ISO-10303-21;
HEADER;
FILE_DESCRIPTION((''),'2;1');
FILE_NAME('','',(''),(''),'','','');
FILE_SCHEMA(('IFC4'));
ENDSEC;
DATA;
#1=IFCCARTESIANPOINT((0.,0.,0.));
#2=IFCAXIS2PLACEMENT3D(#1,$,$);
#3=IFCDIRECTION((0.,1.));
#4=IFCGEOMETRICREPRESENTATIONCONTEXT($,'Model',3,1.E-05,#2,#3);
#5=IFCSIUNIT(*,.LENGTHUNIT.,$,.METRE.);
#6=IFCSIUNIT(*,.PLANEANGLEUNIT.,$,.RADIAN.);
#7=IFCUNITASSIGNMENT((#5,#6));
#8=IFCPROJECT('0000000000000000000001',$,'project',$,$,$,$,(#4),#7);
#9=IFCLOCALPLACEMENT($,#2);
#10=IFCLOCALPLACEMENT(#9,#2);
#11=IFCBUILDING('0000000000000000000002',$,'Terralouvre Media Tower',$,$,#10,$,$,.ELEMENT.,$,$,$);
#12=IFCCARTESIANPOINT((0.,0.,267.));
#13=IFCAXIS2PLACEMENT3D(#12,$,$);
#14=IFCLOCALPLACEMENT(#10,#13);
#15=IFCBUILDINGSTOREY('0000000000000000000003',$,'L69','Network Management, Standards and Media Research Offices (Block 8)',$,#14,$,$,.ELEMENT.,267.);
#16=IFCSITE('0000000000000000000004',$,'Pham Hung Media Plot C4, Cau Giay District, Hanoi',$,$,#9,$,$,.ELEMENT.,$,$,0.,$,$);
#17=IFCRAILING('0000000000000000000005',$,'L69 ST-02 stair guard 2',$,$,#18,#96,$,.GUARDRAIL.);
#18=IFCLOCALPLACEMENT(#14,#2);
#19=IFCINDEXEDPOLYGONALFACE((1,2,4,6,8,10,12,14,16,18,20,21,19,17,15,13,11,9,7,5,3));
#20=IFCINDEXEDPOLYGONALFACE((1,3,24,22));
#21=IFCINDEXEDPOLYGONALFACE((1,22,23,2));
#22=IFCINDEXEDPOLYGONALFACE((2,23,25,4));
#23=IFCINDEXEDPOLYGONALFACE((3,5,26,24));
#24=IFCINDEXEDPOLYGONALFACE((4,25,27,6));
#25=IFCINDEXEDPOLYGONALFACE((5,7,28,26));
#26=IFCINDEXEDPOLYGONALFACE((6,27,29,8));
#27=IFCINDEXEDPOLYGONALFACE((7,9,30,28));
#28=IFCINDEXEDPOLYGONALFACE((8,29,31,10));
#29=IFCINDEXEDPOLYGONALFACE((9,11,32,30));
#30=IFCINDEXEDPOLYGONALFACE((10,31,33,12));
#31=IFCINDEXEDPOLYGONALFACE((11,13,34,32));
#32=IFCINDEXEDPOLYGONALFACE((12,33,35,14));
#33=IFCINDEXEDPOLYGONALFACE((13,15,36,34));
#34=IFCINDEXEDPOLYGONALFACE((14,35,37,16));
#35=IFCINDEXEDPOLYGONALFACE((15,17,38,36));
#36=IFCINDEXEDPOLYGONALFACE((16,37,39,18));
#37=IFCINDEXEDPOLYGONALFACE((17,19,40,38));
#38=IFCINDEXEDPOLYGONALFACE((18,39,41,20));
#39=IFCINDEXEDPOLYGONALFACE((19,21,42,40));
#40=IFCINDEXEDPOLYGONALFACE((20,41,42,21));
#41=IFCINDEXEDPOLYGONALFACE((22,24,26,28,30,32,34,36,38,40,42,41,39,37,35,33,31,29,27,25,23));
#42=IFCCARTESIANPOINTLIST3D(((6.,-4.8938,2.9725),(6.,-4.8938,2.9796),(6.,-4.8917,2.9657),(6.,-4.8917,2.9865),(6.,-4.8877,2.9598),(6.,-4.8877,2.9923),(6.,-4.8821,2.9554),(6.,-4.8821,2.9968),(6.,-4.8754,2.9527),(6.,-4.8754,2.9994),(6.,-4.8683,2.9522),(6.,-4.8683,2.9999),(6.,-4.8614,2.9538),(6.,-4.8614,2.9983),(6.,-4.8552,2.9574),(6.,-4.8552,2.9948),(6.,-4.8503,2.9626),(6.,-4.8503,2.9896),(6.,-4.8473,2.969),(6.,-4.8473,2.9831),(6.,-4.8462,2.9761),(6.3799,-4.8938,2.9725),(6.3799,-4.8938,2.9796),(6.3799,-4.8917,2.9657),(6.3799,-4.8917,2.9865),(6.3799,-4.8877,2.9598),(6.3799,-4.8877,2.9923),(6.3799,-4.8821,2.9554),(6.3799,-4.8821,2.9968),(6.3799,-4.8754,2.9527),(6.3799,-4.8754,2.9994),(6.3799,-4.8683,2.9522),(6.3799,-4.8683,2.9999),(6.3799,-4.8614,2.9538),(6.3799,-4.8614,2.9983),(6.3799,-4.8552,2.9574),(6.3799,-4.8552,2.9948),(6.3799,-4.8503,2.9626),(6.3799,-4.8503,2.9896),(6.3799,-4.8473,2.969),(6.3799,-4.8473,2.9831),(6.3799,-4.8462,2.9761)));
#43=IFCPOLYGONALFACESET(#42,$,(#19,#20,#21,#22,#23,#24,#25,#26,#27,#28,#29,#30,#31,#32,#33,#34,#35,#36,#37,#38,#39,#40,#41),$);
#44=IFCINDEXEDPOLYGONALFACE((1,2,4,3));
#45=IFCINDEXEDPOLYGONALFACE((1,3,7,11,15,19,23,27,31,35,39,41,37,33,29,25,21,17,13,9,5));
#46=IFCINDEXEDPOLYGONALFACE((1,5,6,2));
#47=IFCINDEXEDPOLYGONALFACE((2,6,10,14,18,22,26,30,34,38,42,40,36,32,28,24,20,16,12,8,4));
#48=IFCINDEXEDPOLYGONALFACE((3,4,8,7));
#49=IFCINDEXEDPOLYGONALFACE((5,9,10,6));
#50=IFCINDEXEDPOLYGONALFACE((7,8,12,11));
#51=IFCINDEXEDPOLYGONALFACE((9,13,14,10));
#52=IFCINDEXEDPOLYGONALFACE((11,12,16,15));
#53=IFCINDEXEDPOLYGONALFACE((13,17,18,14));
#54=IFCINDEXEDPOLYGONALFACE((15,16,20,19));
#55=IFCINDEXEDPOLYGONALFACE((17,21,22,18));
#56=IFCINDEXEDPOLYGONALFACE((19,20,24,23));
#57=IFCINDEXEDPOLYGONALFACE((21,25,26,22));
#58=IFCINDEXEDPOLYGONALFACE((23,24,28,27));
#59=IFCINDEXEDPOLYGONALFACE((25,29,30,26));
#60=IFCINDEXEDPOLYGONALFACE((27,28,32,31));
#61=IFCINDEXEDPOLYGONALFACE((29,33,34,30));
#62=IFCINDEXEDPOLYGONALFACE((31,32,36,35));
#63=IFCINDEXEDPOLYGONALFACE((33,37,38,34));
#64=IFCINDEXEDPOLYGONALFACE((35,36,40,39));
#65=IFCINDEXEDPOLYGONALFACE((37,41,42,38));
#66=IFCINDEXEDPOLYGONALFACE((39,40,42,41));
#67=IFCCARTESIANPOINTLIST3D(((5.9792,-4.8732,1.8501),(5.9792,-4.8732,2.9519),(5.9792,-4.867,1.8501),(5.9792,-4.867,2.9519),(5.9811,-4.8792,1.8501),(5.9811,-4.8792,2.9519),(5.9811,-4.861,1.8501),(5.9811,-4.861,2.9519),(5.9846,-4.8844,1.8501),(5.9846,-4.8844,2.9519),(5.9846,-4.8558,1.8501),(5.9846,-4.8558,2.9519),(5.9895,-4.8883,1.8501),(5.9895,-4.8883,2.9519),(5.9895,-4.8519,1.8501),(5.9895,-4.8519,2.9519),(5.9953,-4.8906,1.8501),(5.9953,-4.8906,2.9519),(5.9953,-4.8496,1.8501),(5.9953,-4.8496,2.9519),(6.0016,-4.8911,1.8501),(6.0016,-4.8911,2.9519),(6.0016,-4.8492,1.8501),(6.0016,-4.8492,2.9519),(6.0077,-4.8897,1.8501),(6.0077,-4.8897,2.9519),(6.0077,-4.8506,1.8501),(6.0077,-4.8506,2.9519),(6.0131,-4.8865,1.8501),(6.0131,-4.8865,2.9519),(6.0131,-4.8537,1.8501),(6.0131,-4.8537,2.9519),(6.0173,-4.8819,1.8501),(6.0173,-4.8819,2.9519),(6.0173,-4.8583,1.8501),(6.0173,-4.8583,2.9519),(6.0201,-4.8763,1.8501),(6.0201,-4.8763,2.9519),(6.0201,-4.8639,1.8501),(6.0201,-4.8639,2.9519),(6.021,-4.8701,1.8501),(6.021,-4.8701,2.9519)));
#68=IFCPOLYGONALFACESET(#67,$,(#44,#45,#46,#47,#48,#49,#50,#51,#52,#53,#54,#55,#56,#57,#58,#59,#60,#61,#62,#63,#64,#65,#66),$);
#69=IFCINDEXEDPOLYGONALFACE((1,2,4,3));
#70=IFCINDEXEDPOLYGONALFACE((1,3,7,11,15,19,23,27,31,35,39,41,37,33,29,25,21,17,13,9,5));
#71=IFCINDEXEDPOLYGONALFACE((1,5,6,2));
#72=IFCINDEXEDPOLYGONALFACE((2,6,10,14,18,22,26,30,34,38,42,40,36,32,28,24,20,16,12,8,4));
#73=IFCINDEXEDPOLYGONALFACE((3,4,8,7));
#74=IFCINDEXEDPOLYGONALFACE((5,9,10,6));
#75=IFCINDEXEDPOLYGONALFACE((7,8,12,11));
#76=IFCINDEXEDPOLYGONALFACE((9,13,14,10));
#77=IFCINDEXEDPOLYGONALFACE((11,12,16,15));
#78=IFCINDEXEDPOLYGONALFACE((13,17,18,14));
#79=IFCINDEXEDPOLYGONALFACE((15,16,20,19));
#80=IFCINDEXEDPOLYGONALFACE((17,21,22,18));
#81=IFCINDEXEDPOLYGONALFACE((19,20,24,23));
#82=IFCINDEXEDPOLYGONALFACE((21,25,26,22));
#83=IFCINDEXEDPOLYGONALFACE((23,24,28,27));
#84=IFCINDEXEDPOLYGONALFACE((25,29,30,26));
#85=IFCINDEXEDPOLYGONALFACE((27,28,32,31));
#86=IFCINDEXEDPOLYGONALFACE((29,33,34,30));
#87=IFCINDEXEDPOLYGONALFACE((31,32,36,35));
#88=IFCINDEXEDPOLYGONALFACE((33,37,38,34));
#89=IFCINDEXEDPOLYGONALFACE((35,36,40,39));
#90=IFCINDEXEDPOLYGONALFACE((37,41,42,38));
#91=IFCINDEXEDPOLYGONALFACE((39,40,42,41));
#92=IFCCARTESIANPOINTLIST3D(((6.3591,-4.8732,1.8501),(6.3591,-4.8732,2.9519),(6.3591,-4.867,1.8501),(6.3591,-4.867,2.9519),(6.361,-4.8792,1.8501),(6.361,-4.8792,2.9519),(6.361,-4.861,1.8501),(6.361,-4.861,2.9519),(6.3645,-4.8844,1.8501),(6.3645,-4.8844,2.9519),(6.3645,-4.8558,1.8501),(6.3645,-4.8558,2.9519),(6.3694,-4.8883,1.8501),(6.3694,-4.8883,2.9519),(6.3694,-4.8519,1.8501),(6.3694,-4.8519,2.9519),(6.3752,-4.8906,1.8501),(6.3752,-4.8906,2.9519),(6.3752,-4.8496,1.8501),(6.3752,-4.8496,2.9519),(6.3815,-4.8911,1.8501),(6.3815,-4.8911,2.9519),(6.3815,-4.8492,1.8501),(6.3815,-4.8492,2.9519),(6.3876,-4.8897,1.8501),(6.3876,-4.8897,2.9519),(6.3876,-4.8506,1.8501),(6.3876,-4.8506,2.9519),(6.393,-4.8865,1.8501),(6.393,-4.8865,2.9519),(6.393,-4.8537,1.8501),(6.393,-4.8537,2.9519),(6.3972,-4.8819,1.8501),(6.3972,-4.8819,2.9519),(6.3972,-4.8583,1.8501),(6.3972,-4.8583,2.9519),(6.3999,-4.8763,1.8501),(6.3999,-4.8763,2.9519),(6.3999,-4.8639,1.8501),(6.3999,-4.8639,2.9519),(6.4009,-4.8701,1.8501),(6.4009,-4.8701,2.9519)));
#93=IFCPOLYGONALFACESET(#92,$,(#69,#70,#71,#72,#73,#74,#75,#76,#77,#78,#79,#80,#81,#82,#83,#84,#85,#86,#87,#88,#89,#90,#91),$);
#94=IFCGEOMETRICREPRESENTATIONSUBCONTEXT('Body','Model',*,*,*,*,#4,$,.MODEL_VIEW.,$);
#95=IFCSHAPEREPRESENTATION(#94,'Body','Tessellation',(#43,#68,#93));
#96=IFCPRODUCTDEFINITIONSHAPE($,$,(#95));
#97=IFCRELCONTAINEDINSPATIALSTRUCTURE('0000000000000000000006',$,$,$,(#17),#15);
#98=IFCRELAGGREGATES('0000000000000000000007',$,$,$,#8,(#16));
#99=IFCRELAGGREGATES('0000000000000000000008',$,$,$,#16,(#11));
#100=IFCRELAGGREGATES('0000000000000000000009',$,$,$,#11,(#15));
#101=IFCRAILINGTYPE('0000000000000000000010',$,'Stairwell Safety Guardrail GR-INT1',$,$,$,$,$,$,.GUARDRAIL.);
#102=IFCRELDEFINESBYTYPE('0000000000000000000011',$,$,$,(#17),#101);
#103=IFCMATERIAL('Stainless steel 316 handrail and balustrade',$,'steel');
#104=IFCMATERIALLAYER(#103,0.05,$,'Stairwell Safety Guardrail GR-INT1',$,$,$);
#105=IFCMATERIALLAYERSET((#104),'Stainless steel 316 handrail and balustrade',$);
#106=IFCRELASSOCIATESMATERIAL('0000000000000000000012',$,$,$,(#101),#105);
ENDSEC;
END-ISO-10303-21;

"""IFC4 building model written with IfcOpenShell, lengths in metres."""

from ifc_helpers import new_model, si_unit, direction, frame, origin, origin_2d, place, context, subcontext, project, spatial, circle, extrude, material, layer, layer_set, type_object, element, save


model = new_model("IFC4")

# Units and contexts
model_context = context("Model", 3, precision=1e-05, world=origin(), true_north=direction((0.0, 1.0)))
body_context = subcontext(model_context, "Body", "Model", "MODEL_VIEW")
ifc_project = project(units=[si_unit("LENGTHUNIT", "METRE"), si_unit("PLANEANGLEUNIT", "RADIAN")], contexts=[model_context])

# Site, building, storey
site_placement = place(None, origin())
site = spatial("IfcSite", under=ifc_project, at=site_placement, Name="Pham Hung Media Plot C4, Cau Giay District, Hanoi", CompositionType="ELEMENT", RefElevation=0.0)
building_placement = place(site_placement, origin())
building = spatial("IfcBuilding", under=site, at=building_placement, Name="Terralouvre Media Tower", CompositionType="ELEMENT")
storey_placement = place(building_placement, frame((0.0, 0.0, 267.0)))
storey = spatial("IfcBuildingStorey", under=building, at=storey_placement, Name="L69", Description="Network Management, Standards and Media Research Offices (Block 8)", CompositionType="ELEMENT", Elevation=267.0)

# Railing
ifc_material_1 = material(Name="Stainless steel 316 handrail and balustrade", Category="steel")
ifc_layer_1 = layer(ifc_material_1, 0.05, Name="Stairwell Safety Guardrail GR-INT1")
ifc_layer_set_1 = layer_set([ifc_layer_1], Name="Stainless steel 316 handrail and balustrade")
railing_type_1 = type_object("IfcRailingType", Name="Stairwell Safety Guardrail GR-INT1", PredefinedType="GUARDRAIL", material=ifc_layer_set_1)
railing_1_placement = place(storey_placement, frame((6.0, -4.8701, 1.8501)))
element("IfcRailing", 1, at=railing_1_placement, inside=storey, type_object=railing_type_1, Name="L69 ST-02 stair guard 2", PredefinedType="GUARDRAIL", context=body_context, shape_type="SweptSolid", body=[
    extrude(circle(Radius=0.0239, at=origin_2d()), frame((0.0, 0.0, 1.126), z_axis=(1.0, 0.0, 0.0), x_axis=(0.0, 1.0, 0.0)), (0.0, 0.0, 1.0), 0.3799),
    extrude(circle(Radius=0.021, at=origin_2d()), origin(), (0.0, 0.0, 1.0), 1.1018),
    extrude(circle(Radius=0.021, at=origin_2d()), frame((0.3799, 0.0, 0.0)), (0.0, 0.0, 1.0), 1.1018),
])

save(model, "model.ifc")
